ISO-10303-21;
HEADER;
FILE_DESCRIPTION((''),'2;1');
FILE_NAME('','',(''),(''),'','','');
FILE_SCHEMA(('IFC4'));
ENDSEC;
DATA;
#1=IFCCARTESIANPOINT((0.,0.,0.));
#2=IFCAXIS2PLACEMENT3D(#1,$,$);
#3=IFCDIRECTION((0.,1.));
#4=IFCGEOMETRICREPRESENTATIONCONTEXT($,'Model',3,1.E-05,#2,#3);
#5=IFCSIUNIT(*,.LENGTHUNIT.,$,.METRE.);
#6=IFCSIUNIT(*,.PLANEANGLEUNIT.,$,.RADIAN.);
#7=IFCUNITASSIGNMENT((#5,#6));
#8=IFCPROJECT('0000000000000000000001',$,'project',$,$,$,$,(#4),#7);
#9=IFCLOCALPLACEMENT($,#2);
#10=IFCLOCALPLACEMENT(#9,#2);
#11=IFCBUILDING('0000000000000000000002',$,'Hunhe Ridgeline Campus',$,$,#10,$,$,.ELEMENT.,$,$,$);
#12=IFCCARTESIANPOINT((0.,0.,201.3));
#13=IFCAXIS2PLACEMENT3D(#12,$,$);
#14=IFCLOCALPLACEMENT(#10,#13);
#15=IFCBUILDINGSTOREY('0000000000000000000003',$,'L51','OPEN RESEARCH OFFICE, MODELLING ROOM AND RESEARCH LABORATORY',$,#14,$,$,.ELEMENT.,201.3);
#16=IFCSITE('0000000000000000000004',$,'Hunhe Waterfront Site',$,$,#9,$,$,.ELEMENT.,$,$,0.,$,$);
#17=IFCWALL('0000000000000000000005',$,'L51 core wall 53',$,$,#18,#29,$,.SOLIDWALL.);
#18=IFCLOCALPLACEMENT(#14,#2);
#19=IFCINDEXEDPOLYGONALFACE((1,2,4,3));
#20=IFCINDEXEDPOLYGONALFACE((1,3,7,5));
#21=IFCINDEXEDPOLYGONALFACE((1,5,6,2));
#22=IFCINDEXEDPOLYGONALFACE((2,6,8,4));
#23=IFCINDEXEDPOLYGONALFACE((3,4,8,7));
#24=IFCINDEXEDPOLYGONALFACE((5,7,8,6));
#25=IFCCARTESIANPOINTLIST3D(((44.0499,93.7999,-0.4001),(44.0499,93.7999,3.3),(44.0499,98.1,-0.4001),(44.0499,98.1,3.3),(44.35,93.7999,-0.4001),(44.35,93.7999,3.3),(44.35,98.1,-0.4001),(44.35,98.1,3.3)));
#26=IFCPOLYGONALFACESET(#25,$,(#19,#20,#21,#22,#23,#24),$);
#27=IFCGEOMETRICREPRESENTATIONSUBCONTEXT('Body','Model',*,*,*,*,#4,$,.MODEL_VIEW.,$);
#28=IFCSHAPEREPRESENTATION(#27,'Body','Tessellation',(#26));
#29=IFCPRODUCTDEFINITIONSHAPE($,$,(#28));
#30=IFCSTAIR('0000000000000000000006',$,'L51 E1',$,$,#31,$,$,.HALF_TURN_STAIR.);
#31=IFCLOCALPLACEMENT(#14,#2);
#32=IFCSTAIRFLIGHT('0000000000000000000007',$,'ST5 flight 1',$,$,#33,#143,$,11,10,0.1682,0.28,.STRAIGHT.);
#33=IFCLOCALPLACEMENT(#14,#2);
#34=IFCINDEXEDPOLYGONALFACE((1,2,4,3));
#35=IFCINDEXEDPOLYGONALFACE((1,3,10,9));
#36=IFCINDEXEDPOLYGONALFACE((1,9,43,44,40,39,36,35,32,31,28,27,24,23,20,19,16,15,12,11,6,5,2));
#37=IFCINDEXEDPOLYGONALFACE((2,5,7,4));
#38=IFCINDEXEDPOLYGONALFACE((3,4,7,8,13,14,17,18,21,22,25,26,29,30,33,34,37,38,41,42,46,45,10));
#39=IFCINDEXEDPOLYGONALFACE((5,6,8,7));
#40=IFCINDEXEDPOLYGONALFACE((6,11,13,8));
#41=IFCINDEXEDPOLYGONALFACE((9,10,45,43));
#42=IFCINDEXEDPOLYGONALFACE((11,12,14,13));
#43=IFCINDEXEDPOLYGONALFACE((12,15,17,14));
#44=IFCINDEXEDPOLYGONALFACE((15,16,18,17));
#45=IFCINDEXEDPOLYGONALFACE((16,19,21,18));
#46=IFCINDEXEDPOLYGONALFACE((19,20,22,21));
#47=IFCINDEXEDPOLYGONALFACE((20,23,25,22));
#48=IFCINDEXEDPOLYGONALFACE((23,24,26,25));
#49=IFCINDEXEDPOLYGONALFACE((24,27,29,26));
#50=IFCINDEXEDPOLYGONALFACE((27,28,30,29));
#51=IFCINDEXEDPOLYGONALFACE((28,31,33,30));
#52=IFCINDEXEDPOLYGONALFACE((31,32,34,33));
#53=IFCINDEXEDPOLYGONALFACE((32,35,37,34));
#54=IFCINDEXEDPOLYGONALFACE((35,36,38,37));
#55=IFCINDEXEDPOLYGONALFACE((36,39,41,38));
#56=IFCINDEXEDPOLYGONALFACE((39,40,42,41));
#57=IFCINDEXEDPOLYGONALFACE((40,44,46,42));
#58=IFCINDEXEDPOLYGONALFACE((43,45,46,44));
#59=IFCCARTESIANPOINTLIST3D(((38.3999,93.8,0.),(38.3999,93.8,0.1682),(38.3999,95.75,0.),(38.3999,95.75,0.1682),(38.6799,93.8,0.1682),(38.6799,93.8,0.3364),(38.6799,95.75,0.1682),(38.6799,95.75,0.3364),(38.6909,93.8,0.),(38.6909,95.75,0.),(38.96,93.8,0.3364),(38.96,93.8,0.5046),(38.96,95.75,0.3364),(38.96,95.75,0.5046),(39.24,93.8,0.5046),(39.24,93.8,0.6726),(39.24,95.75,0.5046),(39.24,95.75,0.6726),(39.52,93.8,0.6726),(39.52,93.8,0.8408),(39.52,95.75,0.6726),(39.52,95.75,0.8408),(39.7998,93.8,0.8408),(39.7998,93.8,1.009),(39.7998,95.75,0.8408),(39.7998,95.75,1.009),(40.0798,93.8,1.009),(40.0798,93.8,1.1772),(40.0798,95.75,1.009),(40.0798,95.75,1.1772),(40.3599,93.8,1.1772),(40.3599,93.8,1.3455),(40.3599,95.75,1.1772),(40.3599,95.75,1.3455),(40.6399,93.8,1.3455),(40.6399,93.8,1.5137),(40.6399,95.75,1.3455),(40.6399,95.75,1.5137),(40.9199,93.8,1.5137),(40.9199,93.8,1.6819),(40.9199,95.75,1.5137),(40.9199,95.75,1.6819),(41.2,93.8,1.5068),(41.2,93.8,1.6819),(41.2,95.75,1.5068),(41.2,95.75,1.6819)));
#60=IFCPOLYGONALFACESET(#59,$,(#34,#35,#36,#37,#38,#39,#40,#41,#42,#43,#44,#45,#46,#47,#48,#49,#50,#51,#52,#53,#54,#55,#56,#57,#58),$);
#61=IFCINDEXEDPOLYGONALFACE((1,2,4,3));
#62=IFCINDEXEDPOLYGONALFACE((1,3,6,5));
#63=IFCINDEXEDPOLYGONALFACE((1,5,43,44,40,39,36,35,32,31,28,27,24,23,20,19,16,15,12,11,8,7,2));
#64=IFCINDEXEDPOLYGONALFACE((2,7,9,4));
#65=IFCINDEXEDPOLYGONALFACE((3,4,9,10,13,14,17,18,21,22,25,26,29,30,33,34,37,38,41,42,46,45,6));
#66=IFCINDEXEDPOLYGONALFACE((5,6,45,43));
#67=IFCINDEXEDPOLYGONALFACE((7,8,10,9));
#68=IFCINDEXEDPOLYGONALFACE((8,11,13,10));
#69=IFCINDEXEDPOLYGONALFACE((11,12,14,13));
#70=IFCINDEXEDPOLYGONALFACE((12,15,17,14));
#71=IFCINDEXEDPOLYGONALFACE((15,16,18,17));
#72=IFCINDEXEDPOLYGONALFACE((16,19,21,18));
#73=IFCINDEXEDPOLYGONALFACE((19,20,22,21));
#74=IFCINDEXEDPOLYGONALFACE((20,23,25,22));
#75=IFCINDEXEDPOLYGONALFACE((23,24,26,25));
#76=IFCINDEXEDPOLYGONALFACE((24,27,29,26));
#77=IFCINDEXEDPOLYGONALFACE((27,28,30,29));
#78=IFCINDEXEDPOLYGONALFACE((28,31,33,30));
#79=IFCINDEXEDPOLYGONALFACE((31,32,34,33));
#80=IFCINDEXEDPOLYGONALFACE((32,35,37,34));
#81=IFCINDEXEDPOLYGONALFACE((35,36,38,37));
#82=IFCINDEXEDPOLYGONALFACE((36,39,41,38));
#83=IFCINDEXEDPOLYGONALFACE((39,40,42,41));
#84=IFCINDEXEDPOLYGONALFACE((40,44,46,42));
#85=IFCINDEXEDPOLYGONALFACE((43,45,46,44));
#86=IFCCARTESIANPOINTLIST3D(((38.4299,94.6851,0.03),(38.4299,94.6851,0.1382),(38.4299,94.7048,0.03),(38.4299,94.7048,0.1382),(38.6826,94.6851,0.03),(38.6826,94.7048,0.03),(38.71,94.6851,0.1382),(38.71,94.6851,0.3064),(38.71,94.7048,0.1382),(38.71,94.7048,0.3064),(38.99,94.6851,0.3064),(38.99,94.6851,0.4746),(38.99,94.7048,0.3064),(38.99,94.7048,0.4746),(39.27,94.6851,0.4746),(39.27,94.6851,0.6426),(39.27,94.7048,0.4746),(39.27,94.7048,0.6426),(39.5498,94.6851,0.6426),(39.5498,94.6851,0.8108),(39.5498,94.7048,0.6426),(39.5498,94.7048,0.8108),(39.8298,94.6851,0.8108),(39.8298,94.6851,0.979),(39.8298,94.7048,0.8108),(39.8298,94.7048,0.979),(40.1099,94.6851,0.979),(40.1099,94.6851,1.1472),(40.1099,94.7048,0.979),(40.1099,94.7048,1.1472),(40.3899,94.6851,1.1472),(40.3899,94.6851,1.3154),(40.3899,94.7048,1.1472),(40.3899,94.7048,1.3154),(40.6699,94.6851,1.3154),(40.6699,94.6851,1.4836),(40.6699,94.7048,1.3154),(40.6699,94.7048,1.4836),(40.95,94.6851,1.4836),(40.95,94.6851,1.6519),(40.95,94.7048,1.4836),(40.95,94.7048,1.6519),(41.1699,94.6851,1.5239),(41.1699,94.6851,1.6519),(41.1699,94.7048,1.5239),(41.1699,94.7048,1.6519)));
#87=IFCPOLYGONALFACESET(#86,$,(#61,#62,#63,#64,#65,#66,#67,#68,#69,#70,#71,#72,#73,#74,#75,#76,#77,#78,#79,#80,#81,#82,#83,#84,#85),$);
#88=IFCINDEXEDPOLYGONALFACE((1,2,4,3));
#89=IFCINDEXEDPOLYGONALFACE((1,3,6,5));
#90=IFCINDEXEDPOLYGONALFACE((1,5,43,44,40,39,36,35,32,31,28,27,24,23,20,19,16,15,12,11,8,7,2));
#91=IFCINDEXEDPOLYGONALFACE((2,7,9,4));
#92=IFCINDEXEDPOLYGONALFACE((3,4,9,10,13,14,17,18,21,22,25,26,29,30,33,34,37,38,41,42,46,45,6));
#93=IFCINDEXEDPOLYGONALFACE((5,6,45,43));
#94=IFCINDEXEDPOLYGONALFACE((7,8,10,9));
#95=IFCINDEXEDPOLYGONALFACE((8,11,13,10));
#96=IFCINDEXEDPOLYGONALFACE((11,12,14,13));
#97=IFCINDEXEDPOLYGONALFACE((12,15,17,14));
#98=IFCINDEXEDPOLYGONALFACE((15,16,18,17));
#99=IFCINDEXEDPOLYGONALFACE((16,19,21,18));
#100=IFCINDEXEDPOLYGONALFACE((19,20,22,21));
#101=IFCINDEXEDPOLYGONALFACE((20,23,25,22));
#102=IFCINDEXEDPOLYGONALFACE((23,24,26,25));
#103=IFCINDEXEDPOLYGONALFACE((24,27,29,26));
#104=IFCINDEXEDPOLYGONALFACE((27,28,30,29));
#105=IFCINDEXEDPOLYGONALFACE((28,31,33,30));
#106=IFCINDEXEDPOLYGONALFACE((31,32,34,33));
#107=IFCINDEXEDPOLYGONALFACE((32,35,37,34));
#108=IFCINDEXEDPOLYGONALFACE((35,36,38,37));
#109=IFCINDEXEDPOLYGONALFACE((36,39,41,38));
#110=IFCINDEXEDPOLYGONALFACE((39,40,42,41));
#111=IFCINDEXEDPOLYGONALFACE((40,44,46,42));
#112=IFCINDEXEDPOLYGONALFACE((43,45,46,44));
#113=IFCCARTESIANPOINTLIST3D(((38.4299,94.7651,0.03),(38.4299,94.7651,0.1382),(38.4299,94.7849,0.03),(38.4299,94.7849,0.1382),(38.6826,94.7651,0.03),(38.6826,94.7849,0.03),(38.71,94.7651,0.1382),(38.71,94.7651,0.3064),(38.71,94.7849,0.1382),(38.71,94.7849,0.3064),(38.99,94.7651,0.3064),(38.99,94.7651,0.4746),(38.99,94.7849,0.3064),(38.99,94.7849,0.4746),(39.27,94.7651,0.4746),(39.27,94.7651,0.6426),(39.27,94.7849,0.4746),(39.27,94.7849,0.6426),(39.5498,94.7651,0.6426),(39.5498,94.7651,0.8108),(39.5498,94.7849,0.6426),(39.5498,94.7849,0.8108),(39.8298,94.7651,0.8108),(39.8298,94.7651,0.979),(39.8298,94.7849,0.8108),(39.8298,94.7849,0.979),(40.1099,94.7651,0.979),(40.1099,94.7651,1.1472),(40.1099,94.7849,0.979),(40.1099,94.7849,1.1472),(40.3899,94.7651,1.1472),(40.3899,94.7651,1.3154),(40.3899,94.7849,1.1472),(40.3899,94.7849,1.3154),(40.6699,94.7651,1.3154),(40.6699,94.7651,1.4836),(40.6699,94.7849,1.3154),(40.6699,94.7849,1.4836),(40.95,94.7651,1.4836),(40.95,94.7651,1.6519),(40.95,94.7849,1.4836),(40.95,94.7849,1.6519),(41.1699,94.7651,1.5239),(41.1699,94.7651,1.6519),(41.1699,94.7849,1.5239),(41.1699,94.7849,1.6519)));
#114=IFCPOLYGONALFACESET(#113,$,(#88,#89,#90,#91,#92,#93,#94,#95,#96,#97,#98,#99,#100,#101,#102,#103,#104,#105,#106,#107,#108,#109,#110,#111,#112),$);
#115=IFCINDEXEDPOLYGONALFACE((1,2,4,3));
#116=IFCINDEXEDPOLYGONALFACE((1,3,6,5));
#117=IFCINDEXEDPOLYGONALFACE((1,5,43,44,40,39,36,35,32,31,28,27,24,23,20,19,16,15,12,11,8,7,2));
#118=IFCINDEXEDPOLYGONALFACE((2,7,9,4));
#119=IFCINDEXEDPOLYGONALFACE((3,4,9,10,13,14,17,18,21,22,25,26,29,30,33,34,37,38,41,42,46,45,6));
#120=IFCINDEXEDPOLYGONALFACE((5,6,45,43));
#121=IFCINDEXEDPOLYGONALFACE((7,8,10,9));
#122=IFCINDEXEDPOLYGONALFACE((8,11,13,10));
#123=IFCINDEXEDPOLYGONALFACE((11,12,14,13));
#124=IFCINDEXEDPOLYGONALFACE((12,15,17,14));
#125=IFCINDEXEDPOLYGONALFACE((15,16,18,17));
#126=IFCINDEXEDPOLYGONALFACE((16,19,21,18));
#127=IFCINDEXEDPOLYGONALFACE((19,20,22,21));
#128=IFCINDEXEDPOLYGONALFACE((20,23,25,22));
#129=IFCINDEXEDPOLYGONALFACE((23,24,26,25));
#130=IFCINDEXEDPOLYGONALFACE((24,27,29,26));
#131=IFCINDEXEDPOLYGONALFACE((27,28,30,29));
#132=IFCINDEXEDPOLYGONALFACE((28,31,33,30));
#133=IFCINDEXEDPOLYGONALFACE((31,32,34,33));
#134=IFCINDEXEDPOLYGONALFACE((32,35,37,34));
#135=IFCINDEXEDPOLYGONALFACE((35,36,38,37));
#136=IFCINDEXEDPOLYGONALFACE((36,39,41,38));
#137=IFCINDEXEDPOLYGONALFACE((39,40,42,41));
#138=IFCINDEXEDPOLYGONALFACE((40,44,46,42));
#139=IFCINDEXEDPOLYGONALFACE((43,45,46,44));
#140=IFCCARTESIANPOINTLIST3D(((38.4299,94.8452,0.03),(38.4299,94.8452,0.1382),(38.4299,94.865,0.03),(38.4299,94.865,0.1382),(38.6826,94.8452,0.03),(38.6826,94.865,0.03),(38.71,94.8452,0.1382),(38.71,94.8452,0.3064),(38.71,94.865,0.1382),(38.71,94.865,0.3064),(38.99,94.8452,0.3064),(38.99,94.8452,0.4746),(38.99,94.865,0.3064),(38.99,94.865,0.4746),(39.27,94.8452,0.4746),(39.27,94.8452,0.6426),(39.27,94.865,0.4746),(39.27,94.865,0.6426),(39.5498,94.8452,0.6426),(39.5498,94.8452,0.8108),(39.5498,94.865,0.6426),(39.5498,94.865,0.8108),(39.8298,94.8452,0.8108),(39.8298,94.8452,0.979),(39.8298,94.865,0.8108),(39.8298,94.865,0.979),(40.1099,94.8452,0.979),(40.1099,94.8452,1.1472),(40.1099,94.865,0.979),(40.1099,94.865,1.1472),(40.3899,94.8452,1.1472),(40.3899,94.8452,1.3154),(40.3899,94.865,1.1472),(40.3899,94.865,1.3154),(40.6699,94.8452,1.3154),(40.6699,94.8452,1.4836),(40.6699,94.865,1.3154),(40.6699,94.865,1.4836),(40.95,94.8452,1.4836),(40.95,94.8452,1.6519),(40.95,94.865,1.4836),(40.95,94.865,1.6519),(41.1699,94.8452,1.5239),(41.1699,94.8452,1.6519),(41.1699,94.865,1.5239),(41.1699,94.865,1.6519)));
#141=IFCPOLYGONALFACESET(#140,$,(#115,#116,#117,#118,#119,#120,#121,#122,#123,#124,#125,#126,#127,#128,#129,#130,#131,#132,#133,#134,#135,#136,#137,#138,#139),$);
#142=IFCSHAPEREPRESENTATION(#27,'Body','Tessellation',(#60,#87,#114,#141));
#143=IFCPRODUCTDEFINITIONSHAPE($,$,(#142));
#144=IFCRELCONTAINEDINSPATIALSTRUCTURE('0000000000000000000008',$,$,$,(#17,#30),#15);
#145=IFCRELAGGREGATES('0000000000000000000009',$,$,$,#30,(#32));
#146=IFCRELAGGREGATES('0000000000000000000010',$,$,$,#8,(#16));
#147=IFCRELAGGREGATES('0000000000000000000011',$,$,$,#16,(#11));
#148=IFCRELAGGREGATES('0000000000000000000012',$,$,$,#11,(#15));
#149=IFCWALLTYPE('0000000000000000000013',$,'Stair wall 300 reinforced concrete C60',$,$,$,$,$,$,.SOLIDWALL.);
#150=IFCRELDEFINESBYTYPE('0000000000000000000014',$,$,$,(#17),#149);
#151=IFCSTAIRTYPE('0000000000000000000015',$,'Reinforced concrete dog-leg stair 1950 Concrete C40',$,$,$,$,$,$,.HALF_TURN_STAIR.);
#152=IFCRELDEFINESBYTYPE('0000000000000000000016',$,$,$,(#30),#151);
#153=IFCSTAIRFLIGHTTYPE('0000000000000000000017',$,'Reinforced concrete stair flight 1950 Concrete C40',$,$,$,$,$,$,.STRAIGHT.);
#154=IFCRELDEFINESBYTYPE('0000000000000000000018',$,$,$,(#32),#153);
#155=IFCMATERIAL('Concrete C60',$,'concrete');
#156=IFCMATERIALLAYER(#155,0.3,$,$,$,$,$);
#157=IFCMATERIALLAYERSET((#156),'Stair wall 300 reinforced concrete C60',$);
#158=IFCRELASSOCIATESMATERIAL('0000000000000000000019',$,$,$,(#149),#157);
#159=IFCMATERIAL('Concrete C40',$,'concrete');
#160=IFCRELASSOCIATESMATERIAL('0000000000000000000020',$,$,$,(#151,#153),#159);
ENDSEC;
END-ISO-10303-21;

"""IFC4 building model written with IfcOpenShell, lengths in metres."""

from ifc_helpers import new_model, si_unit, direction, frame, frame_2d, origin, place, context, subcontext, project, spatial, polyline, rectangle, outline, extrude, material, layer, layer_set, type_object, element, aggregate, save


model = new_model("IFC4")

# Units and contexts
model_context = context("Model", 3, precision=1e-05, world=origin(), true_north=direction((0.0, 1.0)))
body_context = subcontext(model_context, "Body", "Model", "MODEL_VIEW")
ifc_project = project(units=[si_unit("LENGTHUNIT", "METRE"), si_unit("PLANEANGLEUNIT", "RADIAN")], contexts=[model_context])

# Site, building, storey
site_placement = place(None, origin())
site = spatial("IfcSite", under=ifc_project, at=site_placement, Name="Hunhe Waterfront Site", CompositionType="ELEMENT", RefElevation=0.0)
building_placement = place(site_placement, origin())
building = spatial("IfcBuilding", under=site, at=building_placement, Name="Hunhe Ridgeline Campus", CompositionType="ELEMENT")
storey_placement = place(building_placement, frame((0.0, 0.0, 201.3)))
storey = spatial("IfcBuildingStorey", under=building, at=storey_placement, Name="L51", Description="OPEN RESEARCH OFFICE, MODELLING ROOM AND RESEARCH LABORATORY", CompositionType="ELEMENT", Elevation=201.3)

# Shared definitions
ifc_material_1 = material(Name="Concrete C60", Category="concrete")

# Wall
ifc_layer_1 = layer(ifc_material_1, 0.3)
ifc_layer_set_1 = layer_set([ifc_layer_1], Name="Stair wall 300 reinforced concrete C60")
wall_type_1 = type_object("IfcWallType", Name="Stair wall 300 reinforced concrete C60", PredefinedType="SOLIDWALL", material=ifc_layer_set_1)
wall_1_placement = place(storey_placement, frame((44.2, 93.8, -0.4001), z_axis=(0.0, 0.0, 1.0), x_axis=(0.0, 1.0, 0.0)))
element("IfcWall", 1, at=wall_1_placement, inside=storey, type_object=wall_type_1, Name="L51 core wall 53", PredefinedType="SOLIDWALL", context=body_context, shape_type="SweptSolid", body=[
    extrude(rectangle(XDim=4.3, YDim=0.3, at=frame_2d((2.1499, 0.0))), origin(), (0.0, 0.0, 1.0), 3.7002),
])

# Stair, stair flight
ifc_material_2 = material(Name="Concrete C40", Category="concrete")
stair_type = type_object("IfcStairType", Name="Reinforced concrete dog-leg stair 1950 Concrete C40", PredefinedType="HALF_TURN_STAIR", material=ifc_material_2)
stair_placement = place(storey_placement, origin())
stair = element("IfcStair", 2, at=stair_placement, inside=storey, type_object=stair_type, Name="L51 E1", PredefinedType="HALF_TURN_STAIR")
stair_flight_type = type_object("IfcStairFlightType", Name="Reinforced concrete stair flight 1950 Concrete C40", PredefinedType="STRAIGHT", material=ifc_material_2)
stair_flight_1_placement = place(storey_placement, frame((38.3999, 94.7749, 0.0), z_axis=(0.0, 0.0, 1.0), x_axis=(1.0, 0.0, 0.0)))
stair_flight_1 = element("IfcStairFlight", 3, at=stair_flight_1_placement, type_object=stair_flight_type, Name="ST5 flight 1", NumberOfRisers=11, NumberOfTreads=10, PredefinedType="STRAIGHT", RiserHeight=0.1682, TreadLength=0.28, context=body_context, shape_type="SweptSolid", body=[
    extrude(outline(polyline([(0.0, 0.0), (0.0, 0.1682), (0.28, 0.1682), (0.28, 0.3364), (0.5601, 0.3364), (0.5601, 0.5046), (0.8401, 0.5046), (0.8401, 0.6726), (1.1201, 0.6726), (1.1201, 0.8408), (1.3999, 0.8408), (1.3999, 1.009), (1.6799, 1.009), (1.6799, 1.1772), (1.96, 1.1772), (1.96, 1.3455), (2.24, 1.3455), (2.24, 1.5137), (2.52, 1.5137), (2.52, 1.6819), (2.8, 1.6819), (2.8, 1.8501), (2.8, 1.5068), (0.291, 0.0), (0.0, 0.0)])), frame((0.0, 0.9751, 0.0), z_axis=(0.0, -1.0, 0.0), x_axis=(1.0, 0.0, 0.0)), (0.0, 0.0, 1.0), 1.95),
    extrude(outline(polyline([(0.03, 0.03), (0.03, 0.1382), (0.3101, 0.1382), (0.3101, 0.3064), (0.5901, 0.3064), (0.5901, 0.4746), (0.8701, 0.4746), (0.8701, 0.6426), (1.1499, 0.6426), (1.1499, 0.8108), (1.4299, 0.8108), (1.4299, 0.979), (1.71, 0.979), (1.71, 1.1472), (1.99, 1.1472), (1.99, 1.3154), (2.27, 1.3154), (2.27, 1.4836), (2.55, 1.4836), (2.55, 1.6519), (2.77, 1.6519), (2.77, 1.5239), (0.2827, 0.03), (0.03, 0.03)])), frame((0.0, -0.0701, 0.0), z_axis=(0.0, -1.0, 0.0), x_axis=(1.0, 0.0, 0.0)), (0.0, 0.0, 1.0), 0.0198),
    extrude(outline(polyline([(0.03, 0.03), (0.03, 0.1382), (0.3101, 0.1382), (0.3101, 0.3064), (0.5901, 0.3064), (0.5901, 0.4746), (0.8701, 0.4746), (0.8701, 0.6426), (1.1499, 0.6426), (1.1499, 0.8108), (1.4299, 0.8108), (1.4299, 0.979), (1.71, 0.979), (1.71, 1.1472), (1.99, 1.1472), (1.99, 1.3154), (2.27, 1.3154), (2.27, 1.4836), (2.55, 1.4836), (2.55, 1.6519), (2.77, 1.6519), (2.77, 1.5239), (0.2827, 0.03), (0.03, 0.03)])), frame((0.0, 0.01, 0.0), z_axis=(0.0, -1.0, 0.0), x_axis=(1.0, 0.0, 0.0)), (0.0, 0.0, 1.0), 0.0198),
    extrude(outline(polyline([(0.03, 0.03), (0.03, 0.1382), (0.3101, 0.1382), (0.3101, 0.3064), (0.5901, 0.3064), (0.5901, 0.4746), (0.8701, 0.4746), (0.8701, 0.6426), (1.1499, 0.6426), (1.1499, 0.8108), (1.4299, 0.8108), (1.4299, 0.979), (1.71, 0.979), (1.71, 1.1472), (1.99, 1.1472), (1.99, 1.3154), (2.27, 1.3154), (2.27, 1.4836), (2.55, 1.4836), (2.55, 1.6519), (2.77, 1.6519), (2.77, 1.5239), (0.2827, 0.03), (0.03, 0.03)])), frame((0.0, 0.0901, 0.0), z_axis=(0.0, -1.0, 0.0), x_axis=(1.0, 0.0, 0.0)), (0.0, 0.0, 1.0), 0.0198),
])
aggregate(stair, [stair_flight_1])

save(model, "model.ifc")
